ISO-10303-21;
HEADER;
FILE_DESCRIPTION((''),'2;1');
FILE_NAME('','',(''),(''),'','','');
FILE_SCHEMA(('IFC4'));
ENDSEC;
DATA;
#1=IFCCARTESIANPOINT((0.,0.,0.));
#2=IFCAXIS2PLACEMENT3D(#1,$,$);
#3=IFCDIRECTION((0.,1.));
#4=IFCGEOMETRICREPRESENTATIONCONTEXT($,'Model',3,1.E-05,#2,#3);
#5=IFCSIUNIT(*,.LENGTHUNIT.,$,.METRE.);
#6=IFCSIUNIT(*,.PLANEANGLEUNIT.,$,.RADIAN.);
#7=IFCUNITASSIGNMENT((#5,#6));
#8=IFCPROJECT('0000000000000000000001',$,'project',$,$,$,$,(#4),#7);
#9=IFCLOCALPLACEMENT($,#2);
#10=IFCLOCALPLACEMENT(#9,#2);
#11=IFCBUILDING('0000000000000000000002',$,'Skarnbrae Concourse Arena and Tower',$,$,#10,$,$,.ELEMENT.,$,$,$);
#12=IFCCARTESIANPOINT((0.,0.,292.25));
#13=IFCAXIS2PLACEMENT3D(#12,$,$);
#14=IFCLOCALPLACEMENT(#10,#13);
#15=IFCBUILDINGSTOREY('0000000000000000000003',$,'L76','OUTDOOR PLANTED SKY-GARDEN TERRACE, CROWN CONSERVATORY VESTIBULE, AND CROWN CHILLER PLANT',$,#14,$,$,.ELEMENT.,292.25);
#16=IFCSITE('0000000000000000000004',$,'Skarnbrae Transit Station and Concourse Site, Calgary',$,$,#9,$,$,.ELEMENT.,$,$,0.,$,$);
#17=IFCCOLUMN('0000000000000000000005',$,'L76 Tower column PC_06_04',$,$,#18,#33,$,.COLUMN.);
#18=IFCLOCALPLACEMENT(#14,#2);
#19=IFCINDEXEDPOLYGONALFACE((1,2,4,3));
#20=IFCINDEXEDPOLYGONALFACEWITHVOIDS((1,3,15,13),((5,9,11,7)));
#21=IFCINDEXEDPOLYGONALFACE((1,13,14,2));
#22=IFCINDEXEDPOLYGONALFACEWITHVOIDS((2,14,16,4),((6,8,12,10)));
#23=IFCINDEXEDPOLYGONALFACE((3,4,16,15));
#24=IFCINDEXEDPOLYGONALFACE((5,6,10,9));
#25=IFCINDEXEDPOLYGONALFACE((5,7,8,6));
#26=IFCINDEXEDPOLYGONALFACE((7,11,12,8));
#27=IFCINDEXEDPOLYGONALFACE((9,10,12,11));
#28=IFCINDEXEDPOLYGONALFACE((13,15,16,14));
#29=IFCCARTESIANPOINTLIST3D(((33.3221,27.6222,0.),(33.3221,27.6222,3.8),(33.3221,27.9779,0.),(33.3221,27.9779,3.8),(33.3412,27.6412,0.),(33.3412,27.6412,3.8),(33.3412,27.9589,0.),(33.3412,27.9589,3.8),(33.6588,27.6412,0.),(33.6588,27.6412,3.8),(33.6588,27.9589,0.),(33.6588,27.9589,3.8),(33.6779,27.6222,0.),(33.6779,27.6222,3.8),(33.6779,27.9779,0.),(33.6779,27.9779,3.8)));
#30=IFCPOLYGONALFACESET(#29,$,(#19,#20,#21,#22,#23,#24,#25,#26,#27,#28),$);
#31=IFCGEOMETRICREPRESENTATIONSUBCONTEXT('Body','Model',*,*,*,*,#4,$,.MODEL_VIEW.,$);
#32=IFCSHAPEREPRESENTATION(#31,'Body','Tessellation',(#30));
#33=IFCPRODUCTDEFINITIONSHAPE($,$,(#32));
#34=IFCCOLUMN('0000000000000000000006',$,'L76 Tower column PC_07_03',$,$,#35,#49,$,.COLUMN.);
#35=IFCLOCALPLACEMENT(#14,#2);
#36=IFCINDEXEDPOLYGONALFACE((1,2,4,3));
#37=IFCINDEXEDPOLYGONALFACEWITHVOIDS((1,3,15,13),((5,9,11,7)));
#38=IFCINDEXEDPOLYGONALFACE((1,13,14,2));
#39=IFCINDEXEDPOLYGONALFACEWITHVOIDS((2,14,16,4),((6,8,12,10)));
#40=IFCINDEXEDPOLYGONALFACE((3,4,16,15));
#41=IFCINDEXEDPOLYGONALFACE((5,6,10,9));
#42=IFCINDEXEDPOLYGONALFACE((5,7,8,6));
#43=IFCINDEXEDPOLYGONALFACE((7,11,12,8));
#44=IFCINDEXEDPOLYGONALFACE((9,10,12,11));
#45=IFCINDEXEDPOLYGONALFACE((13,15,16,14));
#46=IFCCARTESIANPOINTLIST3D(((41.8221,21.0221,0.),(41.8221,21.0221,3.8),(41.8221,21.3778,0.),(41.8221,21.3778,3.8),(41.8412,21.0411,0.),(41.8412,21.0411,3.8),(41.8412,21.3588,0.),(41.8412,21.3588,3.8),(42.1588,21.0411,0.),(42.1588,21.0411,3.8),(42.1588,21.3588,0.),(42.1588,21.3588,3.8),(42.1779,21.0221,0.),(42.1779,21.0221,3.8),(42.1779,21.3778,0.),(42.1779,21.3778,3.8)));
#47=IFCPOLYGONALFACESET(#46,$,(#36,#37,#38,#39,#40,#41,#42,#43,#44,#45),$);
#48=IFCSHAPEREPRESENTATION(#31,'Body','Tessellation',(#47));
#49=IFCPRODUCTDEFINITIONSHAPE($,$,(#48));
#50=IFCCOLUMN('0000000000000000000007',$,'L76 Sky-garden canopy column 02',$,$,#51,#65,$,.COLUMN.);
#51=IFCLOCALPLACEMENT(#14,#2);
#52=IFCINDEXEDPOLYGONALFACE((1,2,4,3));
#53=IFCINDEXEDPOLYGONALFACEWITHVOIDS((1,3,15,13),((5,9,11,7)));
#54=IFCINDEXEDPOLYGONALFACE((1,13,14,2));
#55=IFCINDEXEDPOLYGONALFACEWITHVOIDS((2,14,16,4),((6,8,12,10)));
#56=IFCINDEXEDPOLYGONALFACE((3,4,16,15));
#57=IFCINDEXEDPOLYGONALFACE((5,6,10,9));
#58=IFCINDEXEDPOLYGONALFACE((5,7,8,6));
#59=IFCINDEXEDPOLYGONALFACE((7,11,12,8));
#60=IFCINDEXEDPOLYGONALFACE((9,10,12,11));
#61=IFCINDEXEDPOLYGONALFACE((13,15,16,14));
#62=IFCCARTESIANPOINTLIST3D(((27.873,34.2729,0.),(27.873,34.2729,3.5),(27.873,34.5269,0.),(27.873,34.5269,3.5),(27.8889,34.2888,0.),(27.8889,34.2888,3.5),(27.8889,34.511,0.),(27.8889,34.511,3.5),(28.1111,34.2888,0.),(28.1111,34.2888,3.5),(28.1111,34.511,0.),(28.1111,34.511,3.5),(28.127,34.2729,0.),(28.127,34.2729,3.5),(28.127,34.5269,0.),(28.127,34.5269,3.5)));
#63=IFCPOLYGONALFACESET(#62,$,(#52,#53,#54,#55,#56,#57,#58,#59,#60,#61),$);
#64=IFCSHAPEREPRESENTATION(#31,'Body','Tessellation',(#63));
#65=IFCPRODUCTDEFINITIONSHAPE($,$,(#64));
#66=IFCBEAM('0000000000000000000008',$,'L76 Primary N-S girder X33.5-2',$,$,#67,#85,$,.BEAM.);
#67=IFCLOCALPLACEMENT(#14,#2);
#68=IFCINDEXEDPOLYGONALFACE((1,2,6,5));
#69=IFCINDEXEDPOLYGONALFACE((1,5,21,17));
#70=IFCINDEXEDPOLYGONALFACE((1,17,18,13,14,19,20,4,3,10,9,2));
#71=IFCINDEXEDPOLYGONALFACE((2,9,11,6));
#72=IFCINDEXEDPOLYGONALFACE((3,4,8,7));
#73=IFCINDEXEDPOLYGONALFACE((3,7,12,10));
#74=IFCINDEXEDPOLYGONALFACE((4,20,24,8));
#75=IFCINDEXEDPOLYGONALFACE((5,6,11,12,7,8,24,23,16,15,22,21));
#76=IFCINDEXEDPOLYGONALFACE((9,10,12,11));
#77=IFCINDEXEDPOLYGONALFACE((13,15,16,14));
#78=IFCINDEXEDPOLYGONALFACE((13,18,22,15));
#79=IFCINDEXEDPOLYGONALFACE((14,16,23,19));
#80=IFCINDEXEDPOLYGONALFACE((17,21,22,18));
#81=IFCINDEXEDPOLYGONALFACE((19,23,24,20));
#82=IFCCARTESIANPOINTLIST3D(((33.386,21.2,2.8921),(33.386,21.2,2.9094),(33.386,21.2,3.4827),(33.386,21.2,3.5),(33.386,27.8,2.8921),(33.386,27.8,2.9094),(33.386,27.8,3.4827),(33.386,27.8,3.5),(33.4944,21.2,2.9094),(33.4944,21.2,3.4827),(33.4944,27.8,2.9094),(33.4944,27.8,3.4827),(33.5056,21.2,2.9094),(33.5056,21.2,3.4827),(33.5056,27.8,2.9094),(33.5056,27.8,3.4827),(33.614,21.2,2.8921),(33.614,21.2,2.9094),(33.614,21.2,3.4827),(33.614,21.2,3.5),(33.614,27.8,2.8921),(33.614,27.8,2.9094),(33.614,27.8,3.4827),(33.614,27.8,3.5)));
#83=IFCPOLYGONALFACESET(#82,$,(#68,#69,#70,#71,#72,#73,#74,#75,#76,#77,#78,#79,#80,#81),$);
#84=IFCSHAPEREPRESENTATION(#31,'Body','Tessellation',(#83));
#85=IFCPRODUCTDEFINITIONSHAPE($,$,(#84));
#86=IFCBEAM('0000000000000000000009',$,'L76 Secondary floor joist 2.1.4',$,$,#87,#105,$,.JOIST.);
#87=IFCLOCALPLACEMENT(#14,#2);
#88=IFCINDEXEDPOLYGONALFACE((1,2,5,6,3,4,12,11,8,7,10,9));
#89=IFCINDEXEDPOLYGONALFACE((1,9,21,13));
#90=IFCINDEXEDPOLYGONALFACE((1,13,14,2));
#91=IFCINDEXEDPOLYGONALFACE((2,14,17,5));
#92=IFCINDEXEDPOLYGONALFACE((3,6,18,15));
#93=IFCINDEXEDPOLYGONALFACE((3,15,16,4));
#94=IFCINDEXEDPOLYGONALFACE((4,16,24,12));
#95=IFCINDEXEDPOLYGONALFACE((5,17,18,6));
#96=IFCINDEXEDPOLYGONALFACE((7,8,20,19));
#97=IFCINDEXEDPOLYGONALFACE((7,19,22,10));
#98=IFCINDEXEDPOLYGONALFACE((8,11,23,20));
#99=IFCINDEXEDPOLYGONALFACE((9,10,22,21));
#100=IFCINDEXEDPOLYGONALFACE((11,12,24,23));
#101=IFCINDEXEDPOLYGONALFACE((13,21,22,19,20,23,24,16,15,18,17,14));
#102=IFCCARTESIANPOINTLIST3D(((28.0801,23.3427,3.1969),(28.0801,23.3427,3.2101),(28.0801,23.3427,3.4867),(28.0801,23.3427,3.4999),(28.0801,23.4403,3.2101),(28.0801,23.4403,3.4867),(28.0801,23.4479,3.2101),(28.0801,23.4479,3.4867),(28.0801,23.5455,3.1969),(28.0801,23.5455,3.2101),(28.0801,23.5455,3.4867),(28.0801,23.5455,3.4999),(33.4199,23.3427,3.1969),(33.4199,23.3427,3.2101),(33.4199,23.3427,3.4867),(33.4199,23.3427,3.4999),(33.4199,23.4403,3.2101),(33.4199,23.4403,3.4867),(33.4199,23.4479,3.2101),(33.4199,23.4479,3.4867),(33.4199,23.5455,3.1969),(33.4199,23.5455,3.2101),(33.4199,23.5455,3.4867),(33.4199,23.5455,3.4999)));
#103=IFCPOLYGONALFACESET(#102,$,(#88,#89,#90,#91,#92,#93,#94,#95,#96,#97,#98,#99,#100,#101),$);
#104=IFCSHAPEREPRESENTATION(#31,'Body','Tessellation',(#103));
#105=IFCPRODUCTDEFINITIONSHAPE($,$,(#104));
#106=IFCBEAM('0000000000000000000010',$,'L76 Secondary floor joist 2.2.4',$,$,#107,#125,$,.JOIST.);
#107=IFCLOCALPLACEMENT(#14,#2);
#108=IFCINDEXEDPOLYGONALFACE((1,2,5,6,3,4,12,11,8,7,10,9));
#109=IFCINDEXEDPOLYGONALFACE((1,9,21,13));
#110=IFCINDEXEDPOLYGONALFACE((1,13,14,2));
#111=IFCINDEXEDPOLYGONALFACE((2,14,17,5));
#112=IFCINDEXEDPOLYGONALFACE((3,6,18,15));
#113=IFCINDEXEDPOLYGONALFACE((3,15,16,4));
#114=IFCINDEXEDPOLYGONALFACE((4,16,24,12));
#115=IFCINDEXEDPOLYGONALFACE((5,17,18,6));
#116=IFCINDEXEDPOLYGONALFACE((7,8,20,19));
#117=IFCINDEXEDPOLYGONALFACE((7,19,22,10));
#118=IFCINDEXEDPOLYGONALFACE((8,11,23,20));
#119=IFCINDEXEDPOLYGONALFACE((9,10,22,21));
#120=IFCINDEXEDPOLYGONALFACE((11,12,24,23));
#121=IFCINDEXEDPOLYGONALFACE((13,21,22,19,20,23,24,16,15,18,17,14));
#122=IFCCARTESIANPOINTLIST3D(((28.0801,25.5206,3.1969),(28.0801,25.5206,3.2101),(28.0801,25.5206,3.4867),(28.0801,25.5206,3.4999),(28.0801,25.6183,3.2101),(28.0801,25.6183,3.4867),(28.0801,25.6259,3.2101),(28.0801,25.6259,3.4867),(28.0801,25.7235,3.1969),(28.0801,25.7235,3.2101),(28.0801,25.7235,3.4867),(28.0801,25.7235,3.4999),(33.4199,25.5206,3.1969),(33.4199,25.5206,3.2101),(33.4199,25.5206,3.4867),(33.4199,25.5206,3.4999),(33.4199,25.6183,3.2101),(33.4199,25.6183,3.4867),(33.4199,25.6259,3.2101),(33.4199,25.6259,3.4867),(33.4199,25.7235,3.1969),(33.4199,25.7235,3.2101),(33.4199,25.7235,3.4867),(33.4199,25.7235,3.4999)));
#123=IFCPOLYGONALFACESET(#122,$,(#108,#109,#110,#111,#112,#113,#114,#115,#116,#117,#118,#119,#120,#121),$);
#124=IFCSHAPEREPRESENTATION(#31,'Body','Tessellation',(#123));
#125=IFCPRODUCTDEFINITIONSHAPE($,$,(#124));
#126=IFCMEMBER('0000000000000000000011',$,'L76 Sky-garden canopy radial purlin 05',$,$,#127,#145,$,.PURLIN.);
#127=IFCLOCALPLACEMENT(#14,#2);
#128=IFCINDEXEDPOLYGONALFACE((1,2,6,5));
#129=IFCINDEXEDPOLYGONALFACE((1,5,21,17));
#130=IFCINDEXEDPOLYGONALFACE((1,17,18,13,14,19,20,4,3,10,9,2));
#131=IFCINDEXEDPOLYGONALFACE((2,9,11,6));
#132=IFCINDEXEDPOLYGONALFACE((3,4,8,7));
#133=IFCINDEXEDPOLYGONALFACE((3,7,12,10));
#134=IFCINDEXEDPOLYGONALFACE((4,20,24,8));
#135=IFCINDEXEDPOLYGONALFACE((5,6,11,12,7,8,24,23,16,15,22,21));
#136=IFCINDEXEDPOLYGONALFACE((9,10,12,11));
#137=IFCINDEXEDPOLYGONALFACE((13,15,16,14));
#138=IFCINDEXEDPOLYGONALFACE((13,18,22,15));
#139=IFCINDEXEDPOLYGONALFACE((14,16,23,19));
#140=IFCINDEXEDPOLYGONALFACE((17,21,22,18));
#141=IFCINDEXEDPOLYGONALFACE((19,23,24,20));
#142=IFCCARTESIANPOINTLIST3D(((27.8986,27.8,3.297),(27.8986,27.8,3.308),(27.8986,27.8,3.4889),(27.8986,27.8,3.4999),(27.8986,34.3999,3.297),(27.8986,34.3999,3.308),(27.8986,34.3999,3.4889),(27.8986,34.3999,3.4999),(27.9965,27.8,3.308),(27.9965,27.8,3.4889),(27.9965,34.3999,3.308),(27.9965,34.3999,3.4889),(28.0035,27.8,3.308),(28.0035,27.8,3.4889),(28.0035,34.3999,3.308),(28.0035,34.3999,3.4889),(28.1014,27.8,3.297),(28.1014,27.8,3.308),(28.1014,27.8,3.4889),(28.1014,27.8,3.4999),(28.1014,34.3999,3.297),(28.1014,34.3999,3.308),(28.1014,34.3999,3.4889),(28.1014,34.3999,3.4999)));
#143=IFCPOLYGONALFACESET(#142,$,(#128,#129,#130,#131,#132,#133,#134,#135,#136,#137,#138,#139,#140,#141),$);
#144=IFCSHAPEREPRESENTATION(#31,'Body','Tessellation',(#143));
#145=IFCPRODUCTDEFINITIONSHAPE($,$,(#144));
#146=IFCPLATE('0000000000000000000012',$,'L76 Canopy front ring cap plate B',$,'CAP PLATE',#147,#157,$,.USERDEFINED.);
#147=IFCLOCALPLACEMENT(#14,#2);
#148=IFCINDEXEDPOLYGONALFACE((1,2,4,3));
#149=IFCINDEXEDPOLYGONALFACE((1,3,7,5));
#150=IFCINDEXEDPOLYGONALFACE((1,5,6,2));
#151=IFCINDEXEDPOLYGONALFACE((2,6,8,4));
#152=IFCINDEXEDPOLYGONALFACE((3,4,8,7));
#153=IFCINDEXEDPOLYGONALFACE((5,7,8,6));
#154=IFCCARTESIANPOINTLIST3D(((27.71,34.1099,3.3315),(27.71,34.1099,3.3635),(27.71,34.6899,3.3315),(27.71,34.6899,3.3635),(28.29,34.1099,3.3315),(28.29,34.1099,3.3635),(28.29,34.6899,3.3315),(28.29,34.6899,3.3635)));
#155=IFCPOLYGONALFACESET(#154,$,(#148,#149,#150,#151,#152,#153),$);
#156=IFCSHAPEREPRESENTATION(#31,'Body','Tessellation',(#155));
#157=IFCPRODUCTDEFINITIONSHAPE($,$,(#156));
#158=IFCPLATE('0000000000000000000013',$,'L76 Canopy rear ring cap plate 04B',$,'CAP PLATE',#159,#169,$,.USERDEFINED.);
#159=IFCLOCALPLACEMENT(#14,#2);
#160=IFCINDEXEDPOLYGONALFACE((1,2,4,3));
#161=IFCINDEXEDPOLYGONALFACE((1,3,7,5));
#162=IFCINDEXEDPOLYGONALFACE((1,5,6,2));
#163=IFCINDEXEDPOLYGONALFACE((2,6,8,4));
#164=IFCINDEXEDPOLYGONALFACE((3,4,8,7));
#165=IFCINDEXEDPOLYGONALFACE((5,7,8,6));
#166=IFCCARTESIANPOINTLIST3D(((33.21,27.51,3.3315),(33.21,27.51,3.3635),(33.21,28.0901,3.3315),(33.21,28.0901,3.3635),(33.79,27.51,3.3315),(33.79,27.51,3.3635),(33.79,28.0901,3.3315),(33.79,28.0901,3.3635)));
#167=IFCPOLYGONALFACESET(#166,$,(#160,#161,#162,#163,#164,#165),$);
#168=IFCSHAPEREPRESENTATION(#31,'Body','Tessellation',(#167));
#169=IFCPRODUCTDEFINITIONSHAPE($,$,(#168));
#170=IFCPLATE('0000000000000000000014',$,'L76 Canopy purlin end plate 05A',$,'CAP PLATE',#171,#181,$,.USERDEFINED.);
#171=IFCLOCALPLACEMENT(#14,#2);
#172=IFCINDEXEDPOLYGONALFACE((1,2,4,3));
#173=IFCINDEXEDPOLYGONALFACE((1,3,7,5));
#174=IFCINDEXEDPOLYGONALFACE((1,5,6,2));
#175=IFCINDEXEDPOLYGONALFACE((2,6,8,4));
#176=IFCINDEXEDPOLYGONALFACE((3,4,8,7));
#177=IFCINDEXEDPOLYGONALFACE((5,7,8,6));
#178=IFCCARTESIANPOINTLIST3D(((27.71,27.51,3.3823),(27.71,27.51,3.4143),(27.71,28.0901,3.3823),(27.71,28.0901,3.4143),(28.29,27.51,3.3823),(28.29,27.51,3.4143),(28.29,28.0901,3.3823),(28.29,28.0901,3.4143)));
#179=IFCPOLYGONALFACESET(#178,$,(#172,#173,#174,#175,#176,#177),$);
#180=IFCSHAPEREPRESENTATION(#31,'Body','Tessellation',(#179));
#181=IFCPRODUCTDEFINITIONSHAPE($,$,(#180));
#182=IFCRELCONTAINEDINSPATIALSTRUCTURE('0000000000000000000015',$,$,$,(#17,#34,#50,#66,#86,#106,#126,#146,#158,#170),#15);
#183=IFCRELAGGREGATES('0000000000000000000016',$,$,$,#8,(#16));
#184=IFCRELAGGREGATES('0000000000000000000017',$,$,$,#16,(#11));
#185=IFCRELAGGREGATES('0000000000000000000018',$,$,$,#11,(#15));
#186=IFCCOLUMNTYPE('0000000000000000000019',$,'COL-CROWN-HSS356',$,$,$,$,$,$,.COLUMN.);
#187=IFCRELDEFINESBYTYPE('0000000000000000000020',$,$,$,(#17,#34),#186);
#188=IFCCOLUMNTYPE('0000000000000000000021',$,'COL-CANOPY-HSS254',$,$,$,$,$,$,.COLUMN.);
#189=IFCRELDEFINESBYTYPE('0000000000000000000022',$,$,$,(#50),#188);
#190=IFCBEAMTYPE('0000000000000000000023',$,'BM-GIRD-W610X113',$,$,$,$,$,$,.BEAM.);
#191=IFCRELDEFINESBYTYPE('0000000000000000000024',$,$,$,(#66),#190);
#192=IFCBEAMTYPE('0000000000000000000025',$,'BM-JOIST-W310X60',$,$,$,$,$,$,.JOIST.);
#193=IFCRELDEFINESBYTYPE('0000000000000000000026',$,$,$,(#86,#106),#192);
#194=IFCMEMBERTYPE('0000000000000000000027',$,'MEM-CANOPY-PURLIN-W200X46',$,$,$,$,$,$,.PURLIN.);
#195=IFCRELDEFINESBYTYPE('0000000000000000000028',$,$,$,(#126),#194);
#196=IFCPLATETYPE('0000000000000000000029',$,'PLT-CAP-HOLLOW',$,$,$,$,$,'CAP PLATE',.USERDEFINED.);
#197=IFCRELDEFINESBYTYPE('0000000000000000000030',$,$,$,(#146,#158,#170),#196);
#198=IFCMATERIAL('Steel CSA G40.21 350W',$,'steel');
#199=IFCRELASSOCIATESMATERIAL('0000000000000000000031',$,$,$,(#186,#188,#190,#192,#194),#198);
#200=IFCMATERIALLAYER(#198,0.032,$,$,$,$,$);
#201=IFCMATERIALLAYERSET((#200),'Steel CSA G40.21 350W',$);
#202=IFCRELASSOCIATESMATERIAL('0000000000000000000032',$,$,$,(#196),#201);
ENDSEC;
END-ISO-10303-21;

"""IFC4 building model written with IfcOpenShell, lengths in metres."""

from ifc_helpers import new_model, si_unit, direction, frame, origin, origin_2d, place, context, subcontext, project, spatial, rectangle, hollow_rectangle, i_section, extrude, source, transform, mapped, material, layer, layer_set, material_profile, profile_set, type_object, element, save


model = new_model("IFC4")

# Units and contexts
model_context = context("Model", 3, precision=1e-05, world=origin(), true_north=direction((0.0, 1.0)))
body_context = subcontext(model_context, "Body", "Model", "MODEL_VIEW")
ifc_project = project(units=[si_unit("LENGTHUNIT", "METRE"), si_unit("PLANEANGLEUNIT", "RADIAN")], contexts=[model_context])

# Site, building, storey
site_placement = place(None, origin())
site = spatial("IfcSite", under=ifc_project, at=site_placement, Name="Skarnbrae Transit Station and Concourse Site, Calgary", CompositionType="ELEMENT", RefElevation=0.0)
building_placement = place(site_placement, origin())
building = spatial("IfcBuilding", under=site, at=building_placement, Name="Skarnbrae Concourse Arena and Tower", CompositionType="ELEMENT")
storey_placement = place(building_placement, frame((0.0, 0.0, 292.25)))
storey = spatial("IfcBuildingStorey", under=building, at=storey_placement, Name="L76", Description="OUTDOOR PLANTED SKY-GARDEN TERRACE, CROWN CONSERVATORY VESTIBULE, AND CROWN CHILLER PLANT", CompositionType="ELEMENT", Elevation=292.25)

# Columns
ifc_material_1 = material(Name="Steel CSA G40.21 350W", Category="steel")
ifc_material_profile_1 = material_profile(ifc_material_1, hollow_rectangle(XDim=0.3557, YDim=0.3557, WallThickness=0.019, at=origin_2d()), Name="HSS356X356X19.0")
ifc_profile_set_1 = profile_set([ifc_material_profile_1], Name="Steel CSA G40.21 350W")
column_type_1 = type_object("IfcColumnType", Name="COL-CROWN-HSS356", PredefinedType="COLUMN", material=ifc_profile_set_1)
shared_shape_1 = source(origin(), body_context, "Body", "SweptSolid", [
    extrude(hollow_rectangle(XDim=0.3557, YDim=0.3557, WallThickness=0.019, at=origin_2d()), origin(), (0.0, 0.0, 1.0), 3.8),
])
for number, where, z_axis, x_axis, name in (
    (1, (33.5, 27.8, 0.0), (0.0, 0.0, 1.0), (1.0, 0.0, 0.0), "L76 Tower column PC_06_04"),
    (2, (42.0, 21.2, 0.0), (0.0, 0.0, 1.0), (1.0, 0.0, 0.0), "L76 Tower column PC_07_03"),
):
    element("IfcColumn", number, at=place(storey_placement, frame(where, z_axis=z_axis, x_axis=x_axis)), inside=storey, type_object=column_type_1, Name=name, PredefinedType="COLUMN", context=body_context, shape_type="MappedRepresentation", body=[
        mapped(shared_shape_1, transform((0.0, 0.0, 0.0))),
    ])
ifc_material_profile_2 = material_profile(ifc_material_1, hollow_rectangle(XDim=0.2539, YDim=0.2539, WallThickness=0.0159, at=origin_2d()), Name="HSS254X254X15.9")
ifc_profile_set_2 = profile_set([ifc_material_profile_2], Name="Steel CSA G40.21 350W")
column_type_2 = type_object("IfcColumnType", Name="COL-CANOPY-HSS254", PredefinedType="COLUMN", material=ifc_profile_set_2)
shared_shape_2 = source(origin(), body_context, "Body", "SweptSolid", [
    extrude(hollow_rectangle(XDim=0.2539, YDim=0.2539, WallThickness=0.0159, at=origin_2d()), origin(), (0.0, 0.0, 1.0), 3.5),
])
column_placement = place(storey_placement, frame((28.0, 34.3999, 0.0), z_axis=(0.0, 0.0, 1.0), x_axis=(1.0, 0.0, 0.0)))
element("IfcColumn", 3, at=column_placement, inside=storey, type_object=column_type_2, Name="L76 Sky-garden canopy column 02", PredefinedType="COLUMN", context=body_context, shape_type="MappedRepresentation", body=[
    mapped(shared_shape_2, transform((0.0, 0.0, 0.0))),
])

# Beams
ifc_material_profile_3 = material_profile(ifc_material_1, i_section(OverallWidth=0.228, OverallDepth=0.6079, WebThickness=0.0112, FlangeThickness=0.0173, at=origin_2d()), Name="W610X113")
ifc_profile_set_3 = profile_set([ifc_material_profile_3], Name="Steel CSA G40.21 350W")
beam_type_1 = type_object("IfcBeamType", Name="BM-GIRD-W610X113", PredefinedType="BEAM", material=ifc_profile_set_3)
shared_shape_3 = source(origin(), body_context, "Body", "SweptSolid", [
    extrude(i_section(OverallWidth=0.228, OverallDepth=0.6079, WebThickness=0.0112, FlangeThickness=0.0173, at=origin_2d()), origin(), (0.0, 0.0, 1.0), 6.6001),
])
beam_placement = place(storey_placement, frame((33.5, 21.2, 3.196), z_axis=(0.0, 1.0, 0.0), x_axis=(-1.0, 0.0, 0.0)))
element("IfcBeam", 4, at=beam_placement, inside=storey, type_object=beam_type_1, Name="L76 Primary N-S girder X33.5-2", PredefinedType="BEAM", context=body_context, shape_type="MappedRepresentation", body=[
    mapped(shared_shape_3, transform((0.0, 0.0, 0.0))),
])
ifc_material_profile_4 = material_profile(ifc_material_1, i_section(OverallWidth=0.2029, OverallDepth=0.303, WebThickness=0.0076, FlangeThickness=0.0132, at=origin_2d()), Name="W310X60")
ifc_profile_set_4 = profile_set([ifc_material_profile_4], Name="Steel CSA G40.21 350W")
beam_type_2 = type_object("IfcBeamType", Name="BM-JOIST-W310X60", PredefinedType="JOIST", material=ifc_profile_set_4)
shared_shape_4 = source(origin(), body_context, "Body", "SweptSolid", [
    extrude(i_section(OverallWidth=0.2029, OverallDepth=0.303, WebThickness=0.0076, FlangeThickness=0.0132, at=origin_2d()), origin(), (0.0, 0.0, 1.0), 5.3398),
])
for number, where, z_axis, x_axis, name in (
    (5, (28.0801, 23.4441, 3.3484), (1.0, 0.0, 0.0), (0.0, 1.0, 0.0), "L76 Secondary floor joist 2.1.4"),
    (6, (28.0801, 25.6221, 3.3484), (1.0, 0.0, 0.0), (0.0, 1.0, 0.0), "L76 Secondary floor joist 2.2.4"),
):
    element("IfcBeam", number, at=place(storey_placement, frame(where, z_axis=z_axis, x_axis=x_axis)), inside=storey, type_object=beam_type_2, Name=name, PredefinedType="JOIST", context=body_context, shape_type="MappedRepresentation", body=[
        mapped(shared_shape_4, transform((0.0, 0.0, 0.0))),
    ])

# Member
ifc_material_profile_5 = material_profile(ifc_material_1, i_section(OverallWidth=0.2029, OverallDepth=0.2029, WebThickness=0.0071, FlangeThickness=0.011, at=origin_2d()), Name="W200X46")
ifc_profile_set_5 = profile_set([ifc_material_profile_5], Name="Steel CSA G40.21 350W")
member_type = type_object("IfcMemberType", Name="MEM-CANOPY-PURLIN-W200X46", PredefinedType="PURLIN", material=ifc_profile_set_5)
shared_shape_5 = source(origin(), body_context, "Body", "SweptSolid", [
    extrude(i_section(OverallWidth=0.2029, OverallDepth=0.2029, WebThickness=0.0071, FlangeThickness=0.011, at=origin_2d()), origin(), (0.0, 0.0, 1.0), 6.5999),
])
member_placement = place(storey_placement, frame((28.0, 27.8, 3.3984), z_axis=(0.0, 1.0, 0.0), x_axis=(-1.0, 0.0, 0.0)))
element("IfcMember", 7, at=member_placement, inside=storey, type_object=member_type, Name="L76 Sky-garden canopy radial purlin 05", PredefinedType="PURLIN", context=body_context, shape_type="MappedRepresentation", body=[
    mapped(shared_shape_5, transform((0.0, 0.0, 0.0))),
])

# Plates
ifc_layer_1 = layer(ifc_material_1, 0.032)
ifc_layer_set_1 = layer_set([ifc_layer_1], Name="Steel CSA G40.21 350W")
plate_type_1 = type_object("IfcPlateType", Name="PLT-CAP-HOLLOW", ElementType="CAP PLATE", PredefinedType="USERDEFINED", material=ifc_layer_set_1)
shared_shape_6 = source(origin(), body_context, "Body", "SweptSolid", [
    extrude(rectangle(XDim=0.5801, YDim=0.5801, at=origin_2d()), origin(), (0.0, 0.0, 1.0), 0.032),
])
for number, where, z_axis, x_axis, name in (
    (8, (28.0, 34.3999, 3.3315), (0.0, 0.0, 1.0), (1.0, 0.0, 0.0), "L76 Canopy front ring cap plate B"),
    (9, (33.5, 27.8, 3.3315), (0.0, 0.0, 1.0), (1.0, 0.0, 0.0), "L76 Canopy rear ring cap plate 04B"),
    (10, (28.0, 27.8, 3.3823), (0.0, 0.0, 1.0), (1.0, 0.0, 0.0), "L76 Canopy purlin end plate 05A"),
):
    element("IfcPlate", number, at=place(storey_placement, frame(where, z_axis=z_axis, x_axis=x_axis)), inside=storey, type_object=plate_type_1, Name=name, ObjectType="CAP PLATE", PredefinedType="USERDEFINED", context=body_context, shape_type="MappedRepresentation", body=[
        mapped(shared_shape_6, transform((0.0, 0.0, 0.0))),
    ])

save(model, "model.ifc")
